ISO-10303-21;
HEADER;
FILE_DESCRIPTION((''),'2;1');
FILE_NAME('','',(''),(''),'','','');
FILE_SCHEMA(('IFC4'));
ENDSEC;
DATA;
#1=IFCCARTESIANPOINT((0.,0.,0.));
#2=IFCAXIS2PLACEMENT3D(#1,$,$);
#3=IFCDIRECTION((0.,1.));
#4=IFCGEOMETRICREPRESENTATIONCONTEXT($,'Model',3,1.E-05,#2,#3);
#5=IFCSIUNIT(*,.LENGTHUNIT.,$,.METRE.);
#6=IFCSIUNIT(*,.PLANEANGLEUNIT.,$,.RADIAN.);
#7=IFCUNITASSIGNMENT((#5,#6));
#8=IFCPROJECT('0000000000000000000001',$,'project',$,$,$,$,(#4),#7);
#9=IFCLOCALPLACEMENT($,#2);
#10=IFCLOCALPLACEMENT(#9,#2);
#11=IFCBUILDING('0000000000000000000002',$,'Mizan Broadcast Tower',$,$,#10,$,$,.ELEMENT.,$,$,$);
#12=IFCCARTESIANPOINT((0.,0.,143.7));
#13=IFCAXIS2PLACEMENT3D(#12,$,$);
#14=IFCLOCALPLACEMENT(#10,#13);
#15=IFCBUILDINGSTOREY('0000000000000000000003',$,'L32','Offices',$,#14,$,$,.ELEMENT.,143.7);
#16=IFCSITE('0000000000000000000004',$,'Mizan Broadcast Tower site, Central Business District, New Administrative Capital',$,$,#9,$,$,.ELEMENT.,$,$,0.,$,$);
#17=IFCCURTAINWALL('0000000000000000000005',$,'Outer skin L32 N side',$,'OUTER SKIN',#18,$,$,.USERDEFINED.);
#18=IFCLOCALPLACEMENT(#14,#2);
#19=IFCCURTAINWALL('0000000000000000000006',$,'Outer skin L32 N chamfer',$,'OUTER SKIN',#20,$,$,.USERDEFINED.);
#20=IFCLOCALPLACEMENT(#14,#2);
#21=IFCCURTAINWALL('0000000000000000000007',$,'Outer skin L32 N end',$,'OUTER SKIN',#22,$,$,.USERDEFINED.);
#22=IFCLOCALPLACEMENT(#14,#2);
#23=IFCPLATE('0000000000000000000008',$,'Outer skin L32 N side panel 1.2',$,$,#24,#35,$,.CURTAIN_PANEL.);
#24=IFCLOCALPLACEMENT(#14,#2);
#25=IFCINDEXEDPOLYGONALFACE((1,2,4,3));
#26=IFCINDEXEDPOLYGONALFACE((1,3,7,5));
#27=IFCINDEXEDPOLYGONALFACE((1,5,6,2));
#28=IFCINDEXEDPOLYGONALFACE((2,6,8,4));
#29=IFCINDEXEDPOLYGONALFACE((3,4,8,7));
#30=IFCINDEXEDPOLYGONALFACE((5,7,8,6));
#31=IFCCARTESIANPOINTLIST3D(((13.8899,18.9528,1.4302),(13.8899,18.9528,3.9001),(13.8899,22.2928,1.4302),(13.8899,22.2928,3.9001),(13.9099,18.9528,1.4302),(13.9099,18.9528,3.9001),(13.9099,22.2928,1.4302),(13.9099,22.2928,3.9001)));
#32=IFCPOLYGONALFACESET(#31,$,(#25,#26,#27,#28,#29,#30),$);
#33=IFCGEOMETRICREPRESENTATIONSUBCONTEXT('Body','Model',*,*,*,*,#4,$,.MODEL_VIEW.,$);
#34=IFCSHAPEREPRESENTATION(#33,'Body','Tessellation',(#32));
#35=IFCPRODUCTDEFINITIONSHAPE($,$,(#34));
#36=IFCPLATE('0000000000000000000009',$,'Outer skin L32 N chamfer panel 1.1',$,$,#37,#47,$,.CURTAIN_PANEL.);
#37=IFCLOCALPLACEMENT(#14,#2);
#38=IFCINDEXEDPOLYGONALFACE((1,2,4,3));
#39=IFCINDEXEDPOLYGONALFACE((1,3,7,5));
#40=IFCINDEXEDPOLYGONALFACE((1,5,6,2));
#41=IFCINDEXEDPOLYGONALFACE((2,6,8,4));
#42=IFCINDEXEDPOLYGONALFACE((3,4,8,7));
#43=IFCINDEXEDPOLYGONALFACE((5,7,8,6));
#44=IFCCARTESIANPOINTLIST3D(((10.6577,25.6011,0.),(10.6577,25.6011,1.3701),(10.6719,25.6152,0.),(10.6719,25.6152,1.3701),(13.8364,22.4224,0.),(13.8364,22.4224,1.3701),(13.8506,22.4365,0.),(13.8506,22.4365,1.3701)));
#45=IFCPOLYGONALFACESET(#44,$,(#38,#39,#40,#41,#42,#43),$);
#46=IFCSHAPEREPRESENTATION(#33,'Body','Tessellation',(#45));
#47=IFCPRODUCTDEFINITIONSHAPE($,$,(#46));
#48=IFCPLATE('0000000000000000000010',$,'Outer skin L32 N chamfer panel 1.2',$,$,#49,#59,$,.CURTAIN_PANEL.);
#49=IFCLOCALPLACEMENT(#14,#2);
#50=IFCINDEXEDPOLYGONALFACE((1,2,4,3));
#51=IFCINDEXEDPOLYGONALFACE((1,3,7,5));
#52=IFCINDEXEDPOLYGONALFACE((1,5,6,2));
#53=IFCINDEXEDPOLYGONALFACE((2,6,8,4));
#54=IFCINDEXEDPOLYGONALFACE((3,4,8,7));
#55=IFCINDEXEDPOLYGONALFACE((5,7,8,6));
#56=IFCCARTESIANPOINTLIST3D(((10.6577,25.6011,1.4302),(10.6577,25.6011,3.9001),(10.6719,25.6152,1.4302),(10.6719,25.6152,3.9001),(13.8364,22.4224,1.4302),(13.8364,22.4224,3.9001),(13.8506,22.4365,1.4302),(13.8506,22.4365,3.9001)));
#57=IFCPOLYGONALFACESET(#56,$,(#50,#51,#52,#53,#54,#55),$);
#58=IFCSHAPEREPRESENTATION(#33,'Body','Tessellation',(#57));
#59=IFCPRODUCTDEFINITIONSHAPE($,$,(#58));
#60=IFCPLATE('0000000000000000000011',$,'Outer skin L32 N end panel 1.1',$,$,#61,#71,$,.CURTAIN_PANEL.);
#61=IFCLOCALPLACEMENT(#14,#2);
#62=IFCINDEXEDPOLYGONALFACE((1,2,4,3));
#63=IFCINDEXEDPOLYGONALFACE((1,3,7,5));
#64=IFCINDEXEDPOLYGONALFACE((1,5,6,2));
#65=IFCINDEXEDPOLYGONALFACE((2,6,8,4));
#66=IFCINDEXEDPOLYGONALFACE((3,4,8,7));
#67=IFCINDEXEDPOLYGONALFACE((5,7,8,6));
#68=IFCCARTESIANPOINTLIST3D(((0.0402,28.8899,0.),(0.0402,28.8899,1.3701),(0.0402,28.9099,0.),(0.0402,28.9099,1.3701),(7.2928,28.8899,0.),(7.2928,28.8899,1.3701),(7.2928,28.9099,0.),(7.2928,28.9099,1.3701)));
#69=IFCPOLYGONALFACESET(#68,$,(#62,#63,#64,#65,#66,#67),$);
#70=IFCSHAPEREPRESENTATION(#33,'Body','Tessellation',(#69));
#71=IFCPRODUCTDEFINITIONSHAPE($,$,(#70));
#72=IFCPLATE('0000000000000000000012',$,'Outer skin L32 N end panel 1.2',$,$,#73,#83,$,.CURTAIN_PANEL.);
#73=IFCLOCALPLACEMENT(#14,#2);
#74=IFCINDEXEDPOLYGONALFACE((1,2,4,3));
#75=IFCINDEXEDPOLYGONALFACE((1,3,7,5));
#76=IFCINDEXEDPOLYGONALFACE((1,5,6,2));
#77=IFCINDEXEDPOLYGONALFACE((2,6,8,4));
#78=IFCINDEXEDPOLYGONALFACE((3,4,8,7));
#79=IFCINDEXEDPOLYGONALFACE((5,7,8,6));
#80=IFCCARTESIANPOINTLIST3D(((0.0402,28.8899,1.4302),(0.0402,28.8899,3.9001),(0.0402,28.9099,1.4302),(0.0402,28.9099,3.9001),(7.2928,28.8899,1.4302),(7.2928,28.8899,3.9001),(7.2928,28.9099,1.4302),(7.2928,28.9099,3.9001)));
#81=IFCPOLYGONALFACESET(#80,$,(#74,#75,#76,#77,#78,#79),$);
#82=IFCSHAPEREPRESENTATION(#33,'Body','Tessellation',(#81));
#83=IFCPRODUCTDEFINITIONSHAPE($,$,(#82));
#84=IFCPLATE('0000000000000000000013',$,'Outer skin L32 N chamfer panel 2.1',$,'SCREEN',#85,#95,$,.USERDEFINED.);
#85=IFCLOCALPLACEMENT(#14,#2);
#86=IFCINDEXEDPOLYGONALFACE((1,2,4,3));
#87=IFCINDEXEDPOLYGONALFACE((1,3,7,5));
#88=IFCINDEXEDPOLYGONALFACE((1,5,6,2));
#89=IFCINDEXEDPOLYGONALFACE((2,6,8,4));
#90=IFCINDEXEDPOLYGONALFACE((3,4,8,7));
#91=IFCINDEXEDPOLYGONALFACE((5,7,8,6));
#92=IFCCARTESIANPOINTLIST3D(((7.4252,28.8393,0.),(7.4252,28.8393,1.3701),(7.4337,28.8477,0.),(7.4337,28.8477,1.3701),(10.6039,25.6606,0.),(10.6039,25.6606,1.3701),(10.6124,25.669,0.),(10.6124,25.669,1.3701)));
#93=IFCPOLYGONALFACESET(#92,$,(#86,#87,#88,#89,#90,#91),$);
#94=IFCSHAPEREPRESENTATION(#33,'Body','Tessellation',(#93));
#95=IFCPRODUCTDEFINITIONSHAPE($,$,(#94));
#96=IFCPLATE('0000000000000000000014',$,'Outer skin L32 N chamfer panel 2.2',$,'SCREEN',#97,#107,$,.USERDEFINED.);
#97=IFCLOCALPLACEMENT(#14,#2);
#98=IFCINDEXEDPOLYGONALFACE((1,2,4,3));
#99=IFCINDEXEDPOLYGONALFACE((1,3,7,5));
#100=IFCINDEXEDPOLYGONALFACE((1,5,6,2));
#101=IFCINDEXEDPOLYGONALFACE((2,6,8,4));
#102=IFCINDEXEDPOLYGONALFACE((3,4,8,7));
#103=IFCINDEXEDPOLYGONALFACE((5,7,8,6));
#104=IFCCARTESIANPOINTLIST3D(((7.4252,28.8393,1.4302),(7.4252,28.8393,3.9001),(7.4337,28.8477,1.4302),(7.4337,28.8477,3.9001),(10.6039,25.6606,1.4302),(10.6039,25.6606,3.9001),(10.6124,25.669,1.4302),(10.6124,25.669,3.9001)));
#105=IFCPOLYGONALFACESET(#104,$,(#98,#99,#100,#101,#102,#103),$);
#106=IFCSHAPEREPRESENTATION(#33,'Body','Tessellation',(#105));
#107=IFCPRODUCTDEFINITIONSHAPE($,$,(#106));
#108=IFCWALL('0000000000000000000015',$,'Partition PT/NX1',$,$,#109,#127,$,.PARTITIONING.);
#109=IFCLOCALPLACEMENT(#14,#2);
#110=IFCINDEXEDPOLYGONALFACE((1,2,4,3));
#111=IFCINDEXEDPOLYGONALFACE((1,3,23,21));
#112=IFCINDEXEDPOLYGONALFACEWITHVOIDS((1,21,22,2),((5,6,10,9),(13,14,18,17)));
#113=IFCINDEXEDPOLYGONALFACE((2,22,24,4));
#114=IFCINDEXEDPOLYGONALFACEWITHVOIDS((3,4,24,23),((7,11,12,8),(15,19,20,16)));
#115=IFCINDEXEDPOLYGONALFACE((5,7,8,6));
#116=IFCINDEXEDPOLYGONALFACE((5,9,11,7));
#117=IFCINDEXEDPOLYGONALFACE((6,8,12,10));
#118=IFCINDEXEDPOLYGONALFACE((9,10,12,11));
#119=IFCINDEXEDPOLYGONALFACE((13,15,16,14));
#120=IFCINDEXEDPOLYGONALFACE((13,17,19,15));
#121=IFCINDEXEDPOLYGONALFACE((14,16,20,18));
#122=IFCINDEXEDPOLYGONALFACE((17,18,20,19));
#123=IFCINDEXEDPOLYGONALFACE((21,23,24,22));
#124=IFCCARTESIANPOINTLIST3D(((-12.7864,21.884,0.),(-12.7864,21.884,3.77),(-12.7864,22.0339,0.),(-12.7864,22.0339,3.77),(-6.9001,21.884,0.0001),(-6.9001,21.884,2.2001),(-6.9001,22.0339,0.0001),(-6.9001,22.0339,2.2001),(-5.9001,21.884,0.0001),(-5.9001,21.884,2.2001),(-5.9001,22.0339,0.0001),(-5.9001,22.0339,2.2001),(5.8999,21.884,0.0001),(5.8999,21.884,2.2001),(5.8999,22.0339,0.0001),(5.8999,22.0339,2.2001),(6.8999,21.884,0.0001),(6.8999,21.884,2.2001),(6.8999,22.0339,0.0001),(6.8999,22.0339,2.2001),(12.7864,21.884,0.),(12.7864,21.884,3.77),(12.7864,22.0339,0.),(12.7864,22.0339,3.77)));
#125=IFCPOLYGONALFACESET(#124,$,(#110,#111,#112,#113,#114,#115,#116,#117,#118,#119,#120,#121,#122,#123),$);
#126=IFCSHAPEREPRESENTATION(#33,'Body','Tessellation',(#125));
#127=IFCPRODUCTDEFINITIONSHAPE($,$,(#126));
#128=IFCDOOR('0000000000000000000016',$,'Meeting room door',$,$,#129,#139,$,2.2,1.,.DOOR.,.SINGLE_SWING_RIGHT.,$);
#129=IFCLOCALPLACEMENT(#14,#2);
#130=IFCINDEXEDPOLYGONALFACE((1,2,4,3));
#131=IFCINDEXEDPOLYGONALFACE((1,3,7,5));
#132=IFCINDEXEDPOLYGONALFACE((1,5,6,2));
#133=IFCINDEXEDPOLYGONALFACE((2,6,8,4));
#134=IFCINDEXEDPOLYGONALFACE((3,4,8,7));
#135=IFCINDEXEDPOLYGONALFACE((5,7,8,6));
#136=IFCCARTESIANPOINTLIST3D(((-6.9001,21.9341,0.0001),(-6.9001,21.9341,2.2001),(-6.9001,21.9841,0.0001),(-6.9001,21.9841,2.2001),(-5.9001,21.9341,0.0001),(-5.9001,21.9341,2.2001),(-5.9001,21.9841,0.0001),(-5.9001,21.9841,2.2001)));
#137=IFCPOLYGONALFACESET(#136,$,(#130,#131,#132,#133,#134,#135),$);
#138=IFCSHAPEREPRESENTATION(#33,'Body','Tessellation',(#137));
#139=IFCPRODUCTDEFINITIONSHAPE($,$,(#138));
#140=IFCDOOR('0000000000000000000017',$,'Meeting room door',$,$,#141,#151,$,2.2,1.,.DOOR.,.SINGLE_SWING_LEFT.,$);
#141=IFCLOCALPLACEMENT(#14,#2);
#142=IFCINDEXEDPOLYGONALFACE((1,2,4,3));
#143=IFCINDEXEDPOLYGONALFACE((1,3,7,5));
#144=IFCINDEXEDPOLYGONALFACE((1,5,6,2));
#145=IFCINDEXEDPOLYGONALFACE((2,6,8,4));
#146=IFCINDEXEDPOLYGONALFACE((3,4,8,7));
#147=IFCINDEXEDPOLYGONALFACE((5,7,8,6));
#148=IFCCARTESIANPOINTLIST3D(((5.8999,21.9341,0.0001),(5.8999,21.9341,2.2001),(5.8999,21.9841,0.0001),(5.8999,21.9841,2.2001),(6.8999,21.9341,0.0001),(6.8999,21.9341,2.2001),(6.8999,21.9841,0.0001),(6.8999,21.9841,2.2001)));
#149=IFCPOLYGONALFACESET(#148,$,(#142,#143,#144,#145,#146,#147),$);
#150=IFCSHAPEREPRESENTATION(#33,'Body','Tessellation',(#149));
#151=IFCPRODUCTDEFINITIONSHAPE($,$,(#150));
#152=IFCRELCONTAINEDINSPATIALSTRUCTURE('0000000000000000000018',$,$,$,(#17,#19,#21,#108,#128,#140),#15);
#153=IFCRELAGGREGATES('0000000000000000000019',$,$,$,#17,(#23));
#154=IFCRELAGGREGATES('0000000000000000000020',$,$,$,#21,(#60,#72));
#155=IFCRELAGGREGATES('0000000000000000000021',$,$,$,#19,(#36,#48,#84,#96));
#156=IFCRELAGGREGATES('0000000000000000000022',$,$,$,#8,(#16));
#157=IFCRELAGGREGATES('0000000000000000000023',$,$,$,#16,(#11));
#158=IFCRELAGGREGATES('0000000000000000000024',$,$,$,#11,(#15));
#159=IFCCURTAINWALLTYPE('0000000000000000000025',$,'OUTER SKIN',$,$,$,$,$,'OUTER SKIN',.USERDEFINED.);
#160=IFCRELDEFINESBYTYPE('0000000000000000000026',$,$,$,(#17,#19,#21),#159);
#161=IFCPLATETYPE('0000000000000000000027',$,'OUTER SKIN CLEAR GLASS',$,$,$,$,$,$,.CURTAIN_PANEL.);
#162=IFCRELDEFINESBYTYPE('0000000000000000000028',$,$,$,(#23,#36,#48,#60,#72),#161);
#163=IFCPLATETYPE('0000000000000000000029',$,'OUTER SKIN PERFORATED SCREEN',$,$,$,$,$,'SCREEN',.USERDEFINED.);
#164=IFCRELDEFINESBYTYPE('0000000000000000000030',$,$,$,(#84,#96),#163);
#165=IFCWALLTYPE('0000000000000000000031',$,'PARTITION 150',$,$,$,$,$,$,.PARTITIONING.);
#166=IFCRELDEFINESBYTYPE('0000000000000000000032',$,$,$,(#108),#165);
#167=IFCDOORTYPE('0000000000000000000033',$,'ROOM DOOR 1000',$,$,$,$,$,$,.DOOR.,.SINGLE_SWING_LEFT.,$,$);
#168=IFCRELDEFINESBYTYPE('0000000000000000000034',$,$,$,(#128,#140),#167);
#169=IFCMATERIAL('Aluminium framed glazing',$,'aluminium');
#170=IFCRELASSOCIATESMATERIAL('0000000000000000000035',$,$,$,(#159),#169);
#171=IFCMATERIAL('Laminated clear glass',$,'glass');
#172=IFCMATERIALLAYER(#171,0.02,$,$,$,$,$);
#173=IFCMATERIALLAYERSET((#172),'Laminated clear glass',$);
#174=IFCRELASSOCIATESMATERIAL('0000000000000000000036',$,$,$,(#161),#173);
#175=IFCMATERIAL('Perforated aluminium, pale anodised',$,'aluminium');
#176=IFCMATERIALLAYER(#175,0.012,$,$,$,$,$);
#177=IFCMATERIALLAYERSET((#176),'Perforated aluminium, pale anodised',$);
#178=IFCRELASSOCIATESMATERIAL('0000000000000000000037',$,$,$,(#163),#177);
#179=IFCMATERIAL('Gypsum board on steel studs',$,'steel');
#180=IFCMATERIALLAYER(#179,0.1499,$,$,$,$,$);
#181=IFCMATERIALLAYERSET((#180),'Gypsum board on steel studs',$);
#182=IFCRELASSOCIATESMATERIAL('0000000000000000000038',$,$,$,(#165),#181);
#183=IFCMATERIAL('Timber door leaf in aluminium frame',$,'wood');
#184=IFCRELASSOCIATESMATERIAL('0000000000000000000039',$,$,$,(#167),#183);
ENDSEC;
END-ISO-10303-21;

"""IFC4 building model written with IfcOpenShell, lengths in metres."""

from ifc_helpers import new_model, si_unit, direction, frame, frame_2d, origin, origin_2d, place, context, subcontext, project, spatial, rectangle, extrude, material, layer, layer_set, type_object, element, fill, aggregate, save


model = new_model("IFC4")

# Units and contexts
model_context = context("Model", 3, precision=1e-05, world=origin(), true_north=direction((0.0, 1.0)))
body_context = subcontext(model_context, "Body", "Model", "MODEL_VIEW")
ifc_project = project(units=[si_unit("LENGTHUNIT", "METRE"), si_unit("PLANEANGLEUNIT", "RADIAN")], contexts=[model_context])

# Site, building, storey
site_placement = place(None, origin())
site = spatial("IfcSite", under=ifc_project, at=site_placement, Name="Mizan Broadcast Tower site, Central Business District, New Administrative Capital", CompositionType="ELEMENT", RefElevation=0.0)
building_placement = place(site_placement, origin())
building = spatial("IfcBuilding", under=site, at=building_placement, Name="Mizan Broadcast Tower", CompositionType="ELEMENT")
storey_placement = place(building_placement, frame((0.0, 0.0, 143.7)))
storey = spatial("IfcBuildingStorey", under=building, at=storey_placement, Name="L32", Description="Offices", CompositionType="ELEMENT", Elevation=143.7)

# Curtain wall
ifc_material_1 = material(Name="Aluminium framed glazing", Category="aluminium")
curtain_wall_type_1 = type_object("IfcCurtainWallType", Name="OUTER SKIN", ElementType="OUTER SKIN", PredefinedType="USERDEFINED", material=ifc_material_1)
curtain_wall_1_placement = place(storey_placement, origin())
curtain_wall_1 = element("IfcCurtainWall", 1, at=curtain_wall_1_placement, inside=storey, type_object=curtain_wall_type_1, Name="Outer skin L32 N side", ObjectType="OUTER SKIN", PredefinedType="USERDEFINED")

# Curtain wall
curtain_wall_2_placement = place(storey_placement, origin())
curtain_wall_2 = element("IfcCurtainWall", 2, at=curtain_wall_2_placement, inside=storey, type_object=curtain_wall_type_1, Name="Outer skin L32 N chamfer", ObjectType="OUTER SKIN", PredefinedType="USERDEFINED")

# Curtain wall
curtain_wall_3_placement = place(storey_placement, origin())
curtain_wall_3 = element("IfcCurtainWall", 3, at=curtain_wall_3_placement, inside=storey, type_object=curtain_wall_type_1, Name="Outer skin L32 N end", ObjectType="OUTER SKIN", PredefinedType="USERDEFINED")

# Plates
ifc_material_2 = material(Name="Laminated clear glass", Category="glass")
ifc_layer_1 = layer(ifc_material_2, 0.02)
ifc_layer_set_1 = layer_set([ifc_layer_1], Name="Laminated clear glass")
plate_type_1 = type_object("IfcPlateType", Name="OUTER SKIN CLEAR GLASS", PredefinedType="CURTAIN_PANEL", material=ifc_layer_set_1)
plate_1_placement = place(storey_placement, frame((13.8999, 20.6228, 1.4302), z_axis=(0.0, 0.0, 1.0), x_axis=(0.0, 1.0, 0.0)))
plate_1 = element("IfcPlate", 4, at=plate_1_placement, type_object=plate_type_1, Name="Outer skin L32 N side panel 1.2", PredefinedType="CURTAIN_PANEL", context=body_context, shape_type="SweptSolid", body=[
    extrude(rectangle(XDim=3.3401, YDim=0.02, at=origin_2d()), origin(), (0.0, 0.0, 1.0), 2.47),
])
aggregate(curtain_wall_1, [plate_1])
plate_2_placement = place(storey_placement, frame((12.2542, 24.0188, 0.0), z_axis=(0.0, 0.0, 1.0), x_axis=(-0.707107, 0.707107, 0.0)))
plate_2 = element("IfcPlate", 5, at=plate_2_placement, type_object=plate_type_1, Name="Outer skin L32 N chamfer panel 1.1", PredefinedType="CURTAIN_PANEL", context=body_context, shape_type="SweptSolid", body=[
    extrude(rectangle(XDim=4.4954, YDim=0.02, at=origin_2d()), origin(), (0.0, 0.0, 1.0), 1.3701),
])
plate_3_placement = place(storey_placement, frame((12.2542, 24.0188, 1.4302), z_axis=(0.0, 0.0, 1.0), x_axis=(-0.707107, 0.707107, 0.0)))
plate_3 = element("IfcPlate", 6, at=plate_3_placement, type_object=plate_type_1, Name="Outer skin L32 N chamfer panel 1.2", PredefinedType="CURTAIN_PANEL", context=body_context, shape_type="SweptSolid", body=[
    extrude(rectangle(XDim=4.4954, YDim=0.02, at=origin_2d()), origin(), (0.0, 0.0, 1.0), 2.47),
])
plate_4_placement = place(storey_placement, frame((3.6665, 28.8999, 0.0), z_axis=(0.0, 0.0, 1.0), x_axis=(-1.0, 0.0, 0.0)))
plate_4 = element("IfcPlate", 7, at=plate_4_placement, type_object=plate_type_1, Name="Outer skin L32 N end panel 1.1", PredefinedType="CURTAIN_PANEL", context=body_context, shape_type="SweptSolid", body=[
    extrude(rectangle(XDim=7.2527, YDim=0.02, at=origin_2d()), origin(), (0.0, 0.0, 1.0), 1.3701),
])
plate_5_placement = place(storey_placement, frame((3.6665, 28.8999, 1.4302), z_axis=(0.0, 0.0, 1.0), x_axis=(-1.0, 0.0, 0.0)))
plate_5 = element("IfcPlate", 8, at=plate_5_placement, type_object=plate_type_1, Name="Outer skin L32 N end panel 1.2", PredefinedType="CURTAIN_PANEL", context=body_context, shape_type="SweptSolid", body=[
    extrude(rectangle(XDim=7.2527, YDim=0.02, at=origin_2d()), origin(), (0.0, 0.0, 1.0), 2.47),
])
aggregate(curtain_wall_3, [plate_4, plate_5])
ifc_material_3 = material(Name="Perforated aluminium, pale anodised", Category="aluminium")
ifc_layer_2 = layer(ifc_material_3, 0.012)
ifc_layer_set_2 = layer_set([ifc_layer_2], Name="Perforated aluminium, pale anodised")
plate_type_2 = type_object("IfcPlateType", Name="OUTER SKIN PERFORATED SCREEN", ElementType="SCREEN", PredefinedType="USERDEFINED", material=ifc_layer_set_2)
plate_6_placement = place(storey_placement, frame((9.0188, 27.2542, 0.0), z_axis=(0.0, 0.0, 1.0), x_axis=(-0.707107, 0.707107, 0.0)))
plate_6 = element("IfcPlate", 9, at=plate_6_placement, type_object=plate_type_2, Name="Outer skin L32 N chamfer panel 2.1", ObjectType="SCREEN", PredefinedType="USERDEFINED", context=body_context, shape_type="SweptSolid", body=[
    extrude(rectangle(XDim=4.4954, YDim=0.012, at=origin_2d()), origin(), (0.0, 0.0, 1.0), 1.3701),
])
plate_7_placement = place(storey_placement, frame((9.0188, 27.2542, 1.4302), z_axis=(0.0, 0.0, 1.0), x_axis=(-0.707107, 0.707107, 0.0)))
plate_7 = element("IfcPlate", 10, at=plate_7_placement, type_object=plate_type_2, Name="Outer skin L32 N chamfer panel 2.2", ObjectType="SCREEN", PredefinedType="USERDEFINED", context=body_context, shape_type="SweptSolid", body=[
    extrude(rectangle(XDim=4.4954, YDim=0.012, at=origin_2d()), origin(), (0.0, 0.0, 1.0), 2.47),
])
aggregate(curtain_wall_2, [plate_2, plate_3, plate_6, plate_7])

# Wall, openings, doors
ifc_material_4 = material(Name="Gypsum board on steel studs", Category="steel")
ifc_layer_3 = layer(ifc_material_4, 0.1499)
ifc_layer_set_3 = layer_set([ifc_layer_3], Name="Gypsum board on steel studs")
wall_type = type_object("IfcWallType", Name="PARTITION 150", PredefinedType="PARTITIONING", material=ifc_layer_set_3)
wall_placement = place(storey_placement, frame((12.7864, 21.959, 0.0), z_axis=(0.0, 0.0, 1.0), x_axis=(-1.0, 0.0, 0.0)))
wall = element("IfcWall", 11, at=wall_placement, inside=storey, type_object=wall_type, Name="Partition PT/NX1", PredefinedType="PARTITIONING", context=body_context, shape_type="SweptSolid", body=[
    extrude(rectangle(XDim=25.5728, YDim=0.1499, at=frame_2d((12.7864, 0.0))), origin(), (0.0, 0.0, 1.0), 3.77),
])
opening_1_placement = place(wall_placement, frame((18.6865, 0.0, 0.0)))
opening_1 = element("IfcOpeningElement", 12, at=opening_1_placement, cuts=wall, PredefinedType="OPENING", context=body_context, shape_type="SweptSolid", body=[
    extrude(rectangle(XDim=1.0, YDim=2.2, at=frame_2d((0.5, 1.1001))), frame((0.0, 0.085, 0.0), z_axis=(0.0, -1.0, 0.0), x_axis=(1.0, 0.0, 0.0)), (0.0, 0.0, 1.0), 0.1699),
])
opening_2_placement = place(wall_placement, frame((5.8865, 0.0, 0.0)))
opening_2 = element("IfcOpeningElement", 13, at=opening_2_placement, cuts=wall, PredefinedType="OPENING", context=body_context, shape_type="SweptSolid", body=[
    extrude(rectangle(XDim=1.0, YDim=2.2, at=frame_2d((0.5, 1.1001))), frame((0.0, 0.085, 0.0), z_axis=(0.0, -1.0, 0.0), x_axis=(1.0, 0.0, 0.0)), (0.0, 0.0, 1.0), 0.1699),
])
ifc_material_5 = material(Name="Timber door leaf in aluminium frame", Category="wood")
door_type = type_object("IfcDoorType", Name="ROOM DOOR 1000", OperationType="SINGLE_SWING_LEFT", PredefinedType="DOOR", material=ifc_material_5)
door_1_placement = place(opening_1_placement, origin())
door_1 = element("IfcDoor", 14, at=door_1_placement, inside=storey, type_object=door_type, Name="Meeting room door", OperationType="SINGLE_SWING_RIGHT", OverallHeight=2.2, OverallWidth=1.0, PredefinedType="DOOR", context=body_context, shape_type="SweptSolid", body=[
    extrude(rectangle(XDim=1.0, YDim=2.2, at=frame_2d((0.5, 1.1001))), frame((0.0, 0.0249, 0.0), z_axis=(0.0, -1.0, 0.0), x_axis=(1.0, 0.0, 0.0)), (0.0, 0.0, 1.0), 0.05),
])
fill(opening_1, door_1)
door_2_placement = place(opening_2_placement, origin())
door_2 = element("IfcDoor", 15, at=door_2_placement, inside=storey, type_object=door_type, Name="Meeting room door", OperationType="SINGLE_SWING_LEFT", OverallHeight=2.2, OverallWidth=1.0, PredefinedType="DOOR", context=body_context, shape_type="SweptSolid", body=[
    extrude(rectangle(XDim=1.0, YDim=2.2, at=frame_2d((0.5, 1.1001))), frame((0.0, 0.0249, 0.0), z_axis=(0.0, -1.0, 0.0), x_axis=(1.0, 0.0, 0.0)), (0.0, 0.0, 1.0), 0.05),
])
fill(opening_2, door_2)

save(model, "model.ifc")
